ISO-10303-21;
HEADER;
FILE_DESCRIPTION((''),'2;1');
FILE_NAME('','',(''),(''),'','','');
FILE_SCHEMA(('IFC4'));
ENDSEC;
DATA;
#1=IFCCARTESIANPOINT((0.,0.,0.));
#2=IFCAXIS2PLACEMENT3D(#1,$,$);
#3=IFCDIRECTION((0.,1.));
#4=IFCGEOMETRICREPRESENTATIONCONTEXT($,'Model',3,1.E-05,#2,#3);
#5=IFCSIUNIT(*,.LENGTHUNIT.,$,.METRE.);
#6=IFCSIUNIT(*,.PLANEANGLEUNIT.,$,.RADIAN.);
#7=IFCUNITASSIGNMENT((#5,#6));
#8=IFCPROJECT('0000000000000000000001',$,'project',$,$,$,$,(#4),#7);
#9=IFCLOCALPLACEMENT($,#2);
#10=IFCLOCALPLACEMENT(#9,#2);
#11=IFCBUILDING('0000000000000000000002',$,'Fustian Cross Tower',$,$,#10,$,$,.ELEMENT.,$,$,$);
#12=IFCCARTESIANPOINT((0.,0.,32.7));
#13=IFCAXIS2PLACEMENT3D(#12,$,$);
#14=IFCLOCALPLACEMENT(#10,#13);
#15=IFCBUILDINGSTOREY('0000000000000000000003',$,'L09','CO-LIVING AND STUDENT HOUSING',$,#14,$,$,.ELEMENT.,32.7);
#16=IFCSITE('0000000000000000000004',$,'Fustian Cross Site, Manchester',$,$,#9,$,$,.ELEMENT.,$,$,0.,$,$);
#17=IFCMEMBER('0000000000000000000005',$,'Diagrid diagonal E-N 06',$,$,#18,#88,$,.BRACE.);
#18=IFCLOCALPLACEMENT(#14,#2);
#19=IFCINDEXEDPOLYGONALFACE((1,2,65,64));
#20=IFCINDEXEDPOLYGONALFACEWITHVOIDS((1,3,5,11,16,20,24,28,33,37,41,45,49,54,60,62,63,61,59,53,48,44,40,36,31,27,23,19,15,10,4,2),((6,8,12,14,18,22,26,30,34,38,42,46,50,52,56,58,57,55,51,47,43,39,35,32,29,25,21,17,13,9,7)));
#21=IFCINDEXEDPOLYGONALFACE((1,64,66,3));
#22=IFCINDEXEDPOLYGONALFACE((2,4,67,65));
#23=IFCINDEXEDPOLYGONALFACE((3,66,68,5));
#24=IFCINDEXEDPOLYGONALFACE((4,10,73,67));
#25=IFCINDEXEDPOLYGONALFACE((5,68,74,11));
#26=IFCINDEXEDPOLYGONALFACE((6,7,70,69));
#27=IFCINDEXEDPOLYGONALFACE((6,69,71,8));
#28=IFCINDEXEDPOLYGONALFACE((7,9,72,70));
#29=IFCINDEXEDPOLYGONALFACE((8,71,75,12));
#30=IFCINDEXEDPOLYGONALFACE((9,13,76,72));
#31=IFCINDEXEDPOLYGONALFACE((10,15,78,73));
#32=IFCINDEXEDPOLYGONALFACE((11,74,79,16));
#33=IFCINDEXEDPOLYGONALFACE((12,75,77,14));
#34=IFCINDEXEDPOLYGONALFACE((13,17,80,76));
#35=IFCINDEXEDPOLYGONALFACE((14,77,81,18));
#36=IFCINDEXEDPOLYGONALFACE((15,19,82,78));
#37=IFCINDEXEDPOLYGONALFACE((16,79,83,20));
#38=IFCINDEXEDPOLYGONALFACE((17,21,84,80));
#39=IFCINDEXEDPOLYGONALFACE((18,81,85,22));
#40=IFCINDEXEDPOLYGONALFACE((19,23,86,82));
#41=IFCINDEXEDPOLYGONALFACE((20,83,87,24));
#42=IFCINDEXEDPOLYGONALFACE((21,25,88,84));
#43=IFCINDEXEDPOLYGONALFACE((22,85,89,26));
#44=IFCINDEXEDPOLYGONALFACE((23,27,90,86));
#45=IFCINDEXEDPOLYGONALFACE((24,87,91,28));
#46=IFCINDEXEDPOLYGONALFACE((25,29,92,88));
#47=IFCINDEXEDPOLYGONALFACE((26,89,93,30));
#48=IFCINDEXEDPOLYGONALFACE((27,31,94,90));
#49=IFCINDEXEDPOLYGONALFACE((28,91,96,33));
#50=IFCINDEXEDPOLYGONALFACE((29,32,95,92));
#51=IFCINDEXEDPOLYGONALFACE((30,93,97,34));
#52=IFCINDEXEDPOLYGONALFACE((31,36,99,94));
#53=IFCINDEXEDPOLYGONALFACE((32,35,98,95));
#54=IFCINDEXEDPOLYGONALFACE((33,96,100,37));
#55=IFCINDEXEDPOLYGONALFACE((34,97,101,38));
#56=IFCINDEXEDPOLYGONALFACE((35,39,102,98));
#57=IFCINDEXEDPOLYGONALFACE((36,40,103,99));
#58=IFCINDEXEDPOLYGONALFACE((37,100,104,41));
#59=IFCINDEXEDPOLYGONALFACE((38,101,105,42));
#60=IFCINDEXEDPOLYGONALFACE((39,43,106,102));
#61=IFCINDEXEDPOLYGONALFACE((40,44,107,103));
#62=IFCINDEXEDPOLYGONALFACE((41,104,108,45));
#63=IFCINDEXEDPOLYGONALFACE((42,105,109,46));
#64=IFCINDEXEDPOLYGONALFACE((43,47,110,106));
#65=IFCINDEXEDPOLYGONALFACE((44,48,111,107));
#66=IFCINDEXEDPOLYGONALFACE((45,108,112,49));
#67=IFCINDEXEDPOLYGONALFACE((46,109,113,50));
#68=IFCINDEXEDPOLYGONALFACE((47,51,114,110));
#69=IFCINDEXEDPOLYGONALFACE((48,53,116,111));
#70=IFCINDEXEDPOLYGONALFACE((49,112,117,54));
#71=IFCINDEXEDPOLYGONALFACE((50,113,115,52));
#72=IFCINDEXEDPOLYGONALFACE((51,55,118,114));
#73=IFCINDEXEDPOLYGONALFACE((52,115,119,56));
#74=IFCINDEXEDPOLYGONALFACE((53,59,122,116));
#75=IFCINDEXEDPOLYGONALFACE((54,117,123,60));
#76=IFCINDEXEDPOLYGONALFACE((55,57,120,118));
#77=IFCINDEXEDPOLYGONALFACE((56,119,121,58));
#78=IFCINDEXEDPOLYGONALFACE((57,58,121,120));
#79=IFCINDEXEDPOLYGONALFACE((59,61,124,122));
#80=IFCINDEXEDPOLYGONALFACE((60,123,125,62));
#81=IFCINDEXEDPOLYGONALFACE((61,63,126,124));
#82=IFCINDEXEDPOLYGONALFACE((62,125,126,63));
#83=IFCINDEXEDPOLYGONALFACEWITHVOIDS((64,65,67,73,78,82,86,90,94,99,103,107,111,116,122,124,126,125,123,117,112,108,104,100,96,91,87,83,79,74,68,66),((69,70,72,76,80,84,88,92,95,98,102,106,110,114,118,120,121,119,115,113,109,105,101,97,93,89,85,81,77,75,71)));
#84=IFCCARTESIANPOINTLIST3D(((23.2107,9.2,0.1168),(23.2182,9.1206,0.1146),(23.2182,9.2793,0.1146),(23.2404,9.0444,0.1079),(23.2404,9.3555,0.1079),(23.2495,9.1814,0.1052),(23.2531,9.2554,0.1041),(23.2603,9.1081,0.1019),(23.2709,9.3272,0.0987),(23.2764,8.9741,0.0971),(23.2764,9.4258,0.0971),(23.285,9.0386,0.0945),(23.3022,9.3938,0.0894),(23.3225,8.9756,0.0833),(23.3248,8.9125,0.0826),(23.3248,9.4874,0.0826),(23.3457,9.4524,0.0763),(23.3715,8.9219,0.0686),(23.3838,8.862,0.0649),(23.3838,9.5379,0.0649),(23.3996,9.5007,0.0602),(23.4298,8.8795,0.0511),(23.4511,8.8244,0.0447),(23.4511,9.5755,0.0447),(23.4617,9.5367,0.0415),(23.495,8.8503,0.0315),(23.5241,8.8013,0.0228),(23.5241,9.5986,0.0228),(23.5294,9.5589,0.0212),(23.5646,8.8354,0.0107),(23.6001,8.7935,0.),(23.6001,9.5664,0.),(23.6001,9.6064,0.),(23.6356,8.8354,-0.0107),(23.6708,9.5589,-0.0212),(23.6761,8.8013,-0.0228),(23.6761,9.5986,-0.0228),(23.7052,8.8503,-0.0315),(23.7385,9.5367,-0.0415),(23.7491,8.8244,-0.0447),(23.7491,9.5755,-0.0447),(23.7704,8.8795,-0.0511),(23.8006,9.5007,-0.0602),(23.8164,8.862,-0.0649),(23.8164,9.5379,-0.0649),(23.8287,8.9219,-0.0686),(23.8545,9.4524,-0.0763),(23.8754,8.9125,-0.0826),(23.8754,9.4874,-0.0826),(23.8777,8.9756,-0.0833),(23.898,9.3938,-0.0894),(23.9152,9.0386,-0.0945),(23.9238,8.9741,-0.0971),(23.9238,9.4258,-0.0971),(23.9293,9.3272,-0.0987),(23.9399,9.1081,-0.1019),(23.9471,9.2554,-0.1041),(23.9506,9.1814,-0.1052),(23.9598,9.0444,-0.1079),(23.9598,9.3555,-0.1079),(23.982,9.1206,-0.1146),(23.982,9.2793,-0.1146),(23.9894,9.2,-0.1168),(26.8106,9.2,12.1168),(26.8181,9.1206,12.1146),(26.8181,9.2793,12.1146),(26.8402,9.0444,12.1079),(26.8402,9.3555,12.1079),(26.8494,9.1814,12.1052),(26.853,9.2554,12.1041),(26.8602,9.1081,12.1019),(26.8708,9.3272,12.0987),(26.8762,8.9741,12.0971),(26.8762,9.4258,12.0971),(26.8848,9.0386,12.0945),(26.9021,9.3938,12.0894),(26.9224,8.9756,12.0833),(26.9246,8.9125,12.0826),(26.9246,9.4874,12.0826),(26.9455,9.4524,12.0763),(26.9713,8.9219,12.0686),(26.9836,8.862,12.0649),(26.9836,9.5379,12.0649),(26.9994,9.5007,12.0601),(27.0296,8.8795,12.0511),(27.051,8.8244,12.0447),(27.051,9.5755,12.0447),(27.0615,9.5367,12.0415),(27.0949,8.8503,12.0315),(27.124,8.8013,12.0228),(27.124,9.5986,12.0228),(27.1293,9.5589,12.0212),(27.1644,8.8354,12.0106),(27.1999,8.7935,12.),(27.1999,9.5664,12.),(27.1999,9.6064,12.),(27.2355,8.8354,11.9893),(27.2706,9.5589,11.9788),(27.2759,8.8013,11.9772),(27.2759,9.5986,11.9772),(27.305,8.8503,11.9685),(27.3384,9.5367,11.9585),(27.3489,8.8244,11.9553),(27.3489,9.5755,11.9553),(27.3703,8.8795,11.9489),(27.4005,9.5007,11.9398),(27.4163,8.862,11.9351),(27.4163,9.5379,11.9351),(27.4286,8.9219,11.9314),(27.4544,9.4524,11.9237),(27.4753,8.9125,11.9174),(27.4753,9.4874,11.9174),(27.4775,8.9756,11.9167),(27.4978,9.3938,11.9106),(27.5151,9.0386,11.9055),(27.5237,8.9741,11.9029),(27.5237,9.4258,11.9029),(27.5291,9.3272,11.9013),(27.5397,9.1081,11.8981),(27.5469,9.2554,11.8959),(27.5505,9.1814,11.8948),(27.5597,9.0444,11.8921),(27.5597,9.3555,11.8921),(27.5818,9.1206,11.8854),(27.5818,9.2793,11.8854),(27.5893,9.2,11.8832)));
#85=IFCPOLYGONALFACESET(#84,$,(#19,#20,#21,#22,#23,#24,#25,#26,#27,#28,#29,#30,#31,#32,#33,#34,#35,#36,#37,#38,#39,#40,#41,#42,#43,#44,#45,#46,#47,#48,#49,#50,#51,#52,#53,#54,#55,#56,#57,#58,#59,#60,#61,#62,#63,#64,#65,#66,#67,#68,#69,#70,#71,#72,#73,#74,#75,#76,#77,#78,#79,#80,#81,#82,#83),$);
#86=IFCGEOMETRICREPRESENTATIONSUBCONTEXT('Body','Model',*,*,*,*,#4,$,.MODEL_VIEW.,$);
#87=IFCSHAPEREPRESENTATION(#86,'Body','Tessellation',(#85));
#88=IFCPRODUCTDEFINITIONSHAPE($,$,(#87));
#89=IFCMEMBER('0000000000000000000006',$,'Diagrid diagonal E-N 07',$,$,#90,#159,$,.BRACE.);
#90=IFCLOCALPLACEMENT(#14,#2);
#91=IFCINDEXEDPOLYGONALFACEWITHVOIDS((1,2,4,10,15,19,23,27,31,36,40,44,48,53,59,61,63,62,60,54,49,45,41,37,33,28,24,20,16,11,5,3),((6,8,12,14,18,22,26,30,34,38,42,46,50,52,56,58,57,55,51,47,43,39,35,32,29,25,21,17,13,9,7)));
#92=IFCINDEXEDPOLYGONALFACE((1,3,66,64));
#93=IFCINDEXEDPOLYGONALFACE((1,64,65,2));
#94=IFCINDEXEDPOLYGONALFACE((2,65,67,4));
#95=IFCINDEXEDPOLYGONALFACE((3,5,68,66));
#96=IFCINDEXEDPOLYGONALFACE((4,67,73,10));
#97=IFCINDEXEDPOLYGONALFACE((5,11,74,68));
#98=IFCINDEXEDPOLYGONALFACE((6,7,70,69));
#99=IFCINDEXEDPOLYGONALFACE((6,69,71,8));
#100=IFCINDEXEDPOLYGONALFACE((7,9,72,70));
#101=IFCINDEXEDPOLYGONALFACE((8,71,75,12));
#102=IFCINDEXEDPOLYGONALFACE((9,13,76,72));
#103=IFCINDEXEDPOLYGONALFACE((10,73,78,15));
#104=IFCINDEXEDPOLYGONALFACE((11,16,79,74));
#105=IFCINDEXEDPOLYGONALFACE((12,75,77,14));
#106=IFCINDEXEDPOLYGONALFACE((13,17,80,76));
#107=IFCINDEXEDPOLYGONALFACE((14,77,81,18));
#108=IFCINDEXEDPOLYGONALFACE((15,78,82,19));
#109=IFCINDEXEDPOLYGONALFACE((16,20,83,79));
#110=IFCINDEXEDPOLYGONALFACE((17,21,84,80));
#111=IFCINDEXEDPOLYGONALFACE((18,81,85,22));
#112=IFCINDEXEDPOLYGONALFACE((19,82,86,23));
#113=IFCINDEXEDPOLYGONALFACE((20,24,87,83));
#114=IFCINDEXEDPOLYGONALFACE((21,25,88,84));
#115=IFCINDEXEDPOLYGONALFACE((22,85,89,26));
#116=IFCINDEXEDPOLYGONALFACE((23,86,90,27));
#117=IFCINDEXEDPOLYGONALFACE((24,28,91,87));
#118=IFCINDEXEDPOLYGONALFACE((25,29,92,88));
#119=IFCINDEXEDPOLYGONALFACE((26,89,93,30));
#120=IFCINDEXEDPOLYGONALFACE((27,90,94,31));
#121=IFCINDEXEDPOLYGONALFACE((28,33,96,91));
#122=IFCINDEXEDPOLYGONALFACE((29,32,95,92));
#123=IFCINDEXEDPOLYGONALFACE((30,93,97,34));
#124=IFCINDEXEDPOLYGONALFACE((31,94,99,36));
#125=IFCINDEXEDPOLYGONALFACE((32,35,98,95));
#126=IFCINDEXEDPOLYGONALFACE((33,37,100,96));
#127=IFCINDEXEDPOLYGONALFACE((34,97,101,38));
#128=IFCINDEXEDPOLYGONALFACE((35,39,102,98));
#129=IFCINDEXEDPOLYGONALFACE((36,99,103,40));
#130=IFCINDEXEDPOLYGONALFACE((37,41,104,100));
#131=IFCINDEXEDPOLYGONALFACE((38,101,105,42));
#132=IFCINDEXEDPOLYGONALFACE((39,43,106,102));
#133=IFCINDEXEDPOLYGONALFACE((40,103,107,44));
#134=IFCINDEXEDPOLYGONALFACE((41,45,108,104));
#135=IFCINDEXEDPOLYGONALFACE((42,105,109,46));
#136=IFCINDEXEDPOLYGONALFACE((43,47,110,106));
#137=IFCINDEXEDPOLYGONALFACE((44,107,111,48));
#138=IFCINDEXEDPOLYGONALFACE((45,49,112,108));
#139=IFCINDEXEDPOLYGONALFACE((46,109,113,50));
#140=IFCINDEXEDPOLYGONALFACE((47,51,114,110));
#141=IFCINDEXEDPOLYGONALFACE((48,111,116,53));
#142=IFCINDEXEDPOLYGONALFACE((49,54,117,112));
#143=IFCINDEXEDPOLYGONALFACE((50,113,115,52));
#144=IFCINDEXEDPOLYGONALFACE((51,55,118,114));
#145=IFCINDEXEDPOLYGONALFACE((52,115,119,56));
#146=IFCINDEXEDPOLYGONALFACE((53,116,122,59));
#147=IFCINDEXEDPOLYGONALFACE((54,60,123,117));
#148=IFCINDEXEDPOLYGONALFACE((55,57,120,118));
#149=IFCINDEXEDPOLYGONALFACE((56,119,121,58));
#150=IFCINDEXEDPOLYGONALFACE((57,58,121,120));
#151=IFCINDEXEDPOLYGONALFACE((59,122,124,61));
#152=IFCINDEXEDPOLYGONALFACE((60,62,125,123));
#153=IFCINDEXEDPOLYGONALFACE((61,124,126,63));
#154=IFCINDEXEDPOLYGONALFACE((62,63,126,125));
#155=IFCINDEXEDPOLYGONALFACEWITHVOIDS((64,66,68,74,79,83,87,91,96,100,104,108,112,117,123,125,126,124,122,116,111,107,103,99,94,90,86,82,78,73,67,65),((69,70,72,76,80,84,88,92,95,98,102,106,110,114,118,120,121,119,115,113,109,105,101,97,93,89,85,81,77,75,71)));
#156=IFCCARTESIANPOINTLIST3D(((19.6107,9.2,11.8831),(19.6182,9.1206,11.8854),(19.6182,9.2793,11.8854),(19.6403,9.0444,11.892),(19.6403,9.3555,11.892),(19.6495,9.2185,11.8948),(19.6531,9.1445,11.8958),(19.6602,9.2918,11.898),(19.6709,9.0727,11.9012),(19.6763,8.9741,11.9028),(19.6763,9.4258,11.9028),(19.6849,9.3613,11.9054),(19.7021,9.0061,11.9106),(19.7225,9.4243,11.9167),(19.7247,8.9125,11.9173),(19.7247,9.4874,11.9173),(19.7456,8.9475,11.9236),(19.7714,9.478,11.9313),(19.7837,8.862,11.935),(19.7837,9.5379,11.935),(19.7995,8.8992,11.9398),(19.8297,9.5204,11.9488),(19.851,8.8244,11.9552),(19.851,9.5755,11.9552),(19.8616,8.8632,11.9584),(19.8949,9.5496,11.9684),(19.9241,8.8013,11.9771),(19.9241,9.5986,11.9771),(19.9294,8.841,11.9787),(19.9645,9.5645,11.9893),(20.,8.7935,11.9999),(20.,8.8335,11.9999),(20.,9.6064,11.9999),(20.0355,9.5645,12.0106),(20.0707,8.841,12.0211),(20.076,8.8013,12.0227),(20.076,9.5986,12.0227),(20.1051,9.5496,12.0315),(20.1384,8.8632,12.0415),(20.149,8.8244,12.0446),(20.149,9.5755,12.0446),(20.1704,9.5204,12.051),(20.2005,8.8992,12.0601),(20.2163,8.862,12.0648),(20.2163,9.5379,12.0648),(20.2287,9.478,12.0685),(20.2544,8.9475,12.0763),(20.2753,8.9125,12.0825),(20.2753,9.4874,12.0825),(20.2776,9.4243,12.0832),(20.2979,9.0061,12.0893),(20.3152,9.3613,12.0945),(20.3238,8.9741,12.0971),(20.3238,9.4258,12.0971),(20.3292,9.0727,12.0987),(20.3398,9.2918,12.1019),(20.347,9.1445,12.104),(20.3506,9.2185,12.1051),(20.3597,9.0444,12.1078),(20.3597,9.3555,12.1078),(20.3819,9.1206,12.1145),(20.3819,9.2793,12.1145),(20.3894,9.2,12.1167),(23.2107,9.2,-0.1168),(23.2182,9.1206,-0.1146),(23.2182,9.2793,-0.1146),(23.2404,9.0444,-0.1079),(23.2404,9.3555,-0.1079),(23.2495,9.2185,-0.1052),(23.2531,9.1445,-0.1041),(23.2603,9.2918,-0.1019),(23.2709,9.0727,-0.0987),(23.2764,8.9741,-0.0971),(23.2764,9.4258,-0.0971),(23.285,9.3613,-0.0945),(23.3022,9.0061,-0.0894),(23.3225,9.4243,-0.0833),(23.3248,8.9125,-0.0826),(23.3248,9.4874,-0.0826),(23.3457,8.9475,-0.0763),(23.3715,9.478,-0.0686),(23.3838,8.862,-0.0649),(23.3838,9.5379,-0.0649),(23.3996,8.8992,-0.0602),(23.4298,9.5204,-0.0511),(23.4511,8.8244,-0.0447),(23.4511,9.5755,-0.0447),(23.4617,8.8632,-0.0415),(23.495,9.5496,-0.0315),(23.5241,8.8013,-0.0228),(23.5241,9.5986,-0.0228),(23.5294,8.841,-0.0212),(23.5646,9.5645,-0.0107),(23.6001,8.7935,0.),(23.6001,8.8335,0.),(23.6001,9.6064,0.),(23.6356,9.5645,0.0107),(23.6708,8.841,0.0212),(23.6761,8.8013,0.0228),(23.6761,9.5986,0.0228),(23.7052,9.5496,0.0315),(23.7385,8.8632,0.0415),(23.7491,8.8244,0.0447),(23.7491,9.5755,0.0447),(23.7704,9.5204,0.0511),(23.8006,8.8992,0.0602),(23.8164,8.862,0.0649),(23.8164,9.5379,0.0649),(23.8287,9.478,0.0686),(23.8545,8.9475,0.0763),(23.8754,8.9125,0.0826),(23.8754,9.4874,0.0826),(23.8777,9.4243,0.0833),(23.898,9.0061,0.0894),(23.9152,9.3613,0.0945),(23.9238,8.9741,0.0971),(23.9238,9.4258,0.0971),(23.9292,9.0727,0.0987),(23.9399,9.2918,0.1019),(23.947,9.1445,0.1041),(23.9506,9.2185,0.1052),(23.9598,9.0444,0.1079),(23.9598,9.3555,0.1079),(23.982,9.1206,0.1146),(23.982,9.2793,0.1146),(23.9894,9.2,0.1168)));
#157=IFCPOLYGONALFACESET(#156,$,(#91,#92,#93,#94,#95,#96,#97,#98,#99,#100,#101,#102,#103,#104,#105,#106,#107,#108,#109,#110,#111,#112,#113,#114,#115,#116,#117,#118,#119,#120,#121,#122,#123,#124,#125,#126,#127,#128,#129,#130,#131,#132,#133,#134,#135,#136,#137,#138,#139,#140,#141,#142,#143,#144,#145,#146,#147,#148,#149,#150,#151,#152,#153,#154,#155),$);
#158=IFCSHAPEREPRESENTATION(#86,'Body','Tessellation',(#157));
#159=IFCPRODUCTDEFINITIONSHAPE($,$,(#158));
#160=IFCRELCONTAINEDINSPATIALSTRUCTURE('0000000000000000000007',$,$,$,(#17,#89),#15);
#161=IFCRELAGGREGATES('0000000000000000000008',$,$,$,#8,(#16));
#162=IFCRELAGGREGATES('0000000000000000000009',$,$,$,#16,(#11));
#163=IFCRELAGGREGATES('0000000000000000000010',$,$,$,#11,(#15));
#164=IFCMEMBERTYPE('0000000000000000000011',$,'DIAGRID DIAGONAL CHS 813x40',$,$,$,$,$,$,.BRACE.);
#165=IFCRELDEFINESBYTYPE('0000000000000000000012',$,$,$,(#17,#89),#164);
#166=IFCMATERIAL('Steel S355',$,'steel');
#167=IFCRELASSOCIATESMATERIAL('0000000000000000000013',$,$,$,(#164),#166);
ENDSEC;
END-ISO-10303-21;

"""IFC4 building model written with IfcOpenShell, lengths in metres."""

from ifc_helpers import new_model, si_unit, direction, frame, origin, origin_2d, place, context, subcontext, project, spatial, hollow_circle, extrude, material, material_profile, profile_set, type_object, element, save


model = new_model("IFC4")

# Units and contexts
model_context = context("Model", 3, precision=1e-05, world=origin(), true_north=direction((0.0, 1.0)))
body_context = subcontext(model_context, "Body", "Model", "MODEL_VIEW")
ifc_project = project(units=[si_unit("LENGTHUNIT", "METRE"), si_unit("PLANEANGLEUNIT", "RADIAN")], contexts=[model_context])

# Site, building, storey
site_placement = place(None, origin())
site = spatial("IfcSite", under=ifc_project, at=site_placement, Name="Fustian Cross Site, Manchester", CompositionType="ELEMENT", RefElevation=0.0)
building_placement = place(site_placement, origin())
building = spatial("IfcBuilding", under=site, at=building_placement, Name="Fustian Cross Tower", CompositionType="ELEMENT")
storey_placement = place(building_placement, frame((0.0, 0.0, 32.7)))
storey = spatial("IfcBuildingStorey", under=building, at=storey_placement, Name="L09", Description="CO-LIVING AND STUDENT HOUSING", CompositionType="ELEMENT", Elevation=32.7)

# Members
ifc_material_1 = material(Name="Steel S355", Category="steel")
ifc_material_profile_1 = material_profile(ifc_material_1, hollow_circle(Radius=0.4065, WallThickness=0.04, at=origin_2d()), Name="CHS 813x40")
ifc_profile_set_1 = profile_set([ifc_material_profile_1], Name="Steel S355")
member_type_1 = type_object("IfcMemberType", Name="DIAGRID DIAGONAL CHS 813x40", PredefinedType="BRACE", material=ifc_profile_set_1)
for number, where, z_axis, x_axis, name in (
    (1, (23.6001, 9.2, 0.0), (0.287337, 0.0, 0.95783), (0.0, 1.0, 0.0), "Diagrid diagonal E-N 06"),
    (2, (23.6001, 9.2, 0.0), (-0.287355, 0.0, 0.957824), (0.0, -1.0, 0.0), "Diagrid diagonal E-N 07"),
):
    element("IfcMember", number, at=place(storey_placement, frame(where, z_axis=z_axis, x_axis=x_axis)), inside=storey, type_object=member_type_1, Name=name, PredefinedType="BRACE", context=body_context, shape_type="SweptSolid", body=[
        extrude(hollow_circle(Radius=0.4065, WallThickness=0.04, at=origin_2d()), origin(), (0.0, 0.0, 1.0), 12.5283),
    ])

save(model, "model.ifc")
